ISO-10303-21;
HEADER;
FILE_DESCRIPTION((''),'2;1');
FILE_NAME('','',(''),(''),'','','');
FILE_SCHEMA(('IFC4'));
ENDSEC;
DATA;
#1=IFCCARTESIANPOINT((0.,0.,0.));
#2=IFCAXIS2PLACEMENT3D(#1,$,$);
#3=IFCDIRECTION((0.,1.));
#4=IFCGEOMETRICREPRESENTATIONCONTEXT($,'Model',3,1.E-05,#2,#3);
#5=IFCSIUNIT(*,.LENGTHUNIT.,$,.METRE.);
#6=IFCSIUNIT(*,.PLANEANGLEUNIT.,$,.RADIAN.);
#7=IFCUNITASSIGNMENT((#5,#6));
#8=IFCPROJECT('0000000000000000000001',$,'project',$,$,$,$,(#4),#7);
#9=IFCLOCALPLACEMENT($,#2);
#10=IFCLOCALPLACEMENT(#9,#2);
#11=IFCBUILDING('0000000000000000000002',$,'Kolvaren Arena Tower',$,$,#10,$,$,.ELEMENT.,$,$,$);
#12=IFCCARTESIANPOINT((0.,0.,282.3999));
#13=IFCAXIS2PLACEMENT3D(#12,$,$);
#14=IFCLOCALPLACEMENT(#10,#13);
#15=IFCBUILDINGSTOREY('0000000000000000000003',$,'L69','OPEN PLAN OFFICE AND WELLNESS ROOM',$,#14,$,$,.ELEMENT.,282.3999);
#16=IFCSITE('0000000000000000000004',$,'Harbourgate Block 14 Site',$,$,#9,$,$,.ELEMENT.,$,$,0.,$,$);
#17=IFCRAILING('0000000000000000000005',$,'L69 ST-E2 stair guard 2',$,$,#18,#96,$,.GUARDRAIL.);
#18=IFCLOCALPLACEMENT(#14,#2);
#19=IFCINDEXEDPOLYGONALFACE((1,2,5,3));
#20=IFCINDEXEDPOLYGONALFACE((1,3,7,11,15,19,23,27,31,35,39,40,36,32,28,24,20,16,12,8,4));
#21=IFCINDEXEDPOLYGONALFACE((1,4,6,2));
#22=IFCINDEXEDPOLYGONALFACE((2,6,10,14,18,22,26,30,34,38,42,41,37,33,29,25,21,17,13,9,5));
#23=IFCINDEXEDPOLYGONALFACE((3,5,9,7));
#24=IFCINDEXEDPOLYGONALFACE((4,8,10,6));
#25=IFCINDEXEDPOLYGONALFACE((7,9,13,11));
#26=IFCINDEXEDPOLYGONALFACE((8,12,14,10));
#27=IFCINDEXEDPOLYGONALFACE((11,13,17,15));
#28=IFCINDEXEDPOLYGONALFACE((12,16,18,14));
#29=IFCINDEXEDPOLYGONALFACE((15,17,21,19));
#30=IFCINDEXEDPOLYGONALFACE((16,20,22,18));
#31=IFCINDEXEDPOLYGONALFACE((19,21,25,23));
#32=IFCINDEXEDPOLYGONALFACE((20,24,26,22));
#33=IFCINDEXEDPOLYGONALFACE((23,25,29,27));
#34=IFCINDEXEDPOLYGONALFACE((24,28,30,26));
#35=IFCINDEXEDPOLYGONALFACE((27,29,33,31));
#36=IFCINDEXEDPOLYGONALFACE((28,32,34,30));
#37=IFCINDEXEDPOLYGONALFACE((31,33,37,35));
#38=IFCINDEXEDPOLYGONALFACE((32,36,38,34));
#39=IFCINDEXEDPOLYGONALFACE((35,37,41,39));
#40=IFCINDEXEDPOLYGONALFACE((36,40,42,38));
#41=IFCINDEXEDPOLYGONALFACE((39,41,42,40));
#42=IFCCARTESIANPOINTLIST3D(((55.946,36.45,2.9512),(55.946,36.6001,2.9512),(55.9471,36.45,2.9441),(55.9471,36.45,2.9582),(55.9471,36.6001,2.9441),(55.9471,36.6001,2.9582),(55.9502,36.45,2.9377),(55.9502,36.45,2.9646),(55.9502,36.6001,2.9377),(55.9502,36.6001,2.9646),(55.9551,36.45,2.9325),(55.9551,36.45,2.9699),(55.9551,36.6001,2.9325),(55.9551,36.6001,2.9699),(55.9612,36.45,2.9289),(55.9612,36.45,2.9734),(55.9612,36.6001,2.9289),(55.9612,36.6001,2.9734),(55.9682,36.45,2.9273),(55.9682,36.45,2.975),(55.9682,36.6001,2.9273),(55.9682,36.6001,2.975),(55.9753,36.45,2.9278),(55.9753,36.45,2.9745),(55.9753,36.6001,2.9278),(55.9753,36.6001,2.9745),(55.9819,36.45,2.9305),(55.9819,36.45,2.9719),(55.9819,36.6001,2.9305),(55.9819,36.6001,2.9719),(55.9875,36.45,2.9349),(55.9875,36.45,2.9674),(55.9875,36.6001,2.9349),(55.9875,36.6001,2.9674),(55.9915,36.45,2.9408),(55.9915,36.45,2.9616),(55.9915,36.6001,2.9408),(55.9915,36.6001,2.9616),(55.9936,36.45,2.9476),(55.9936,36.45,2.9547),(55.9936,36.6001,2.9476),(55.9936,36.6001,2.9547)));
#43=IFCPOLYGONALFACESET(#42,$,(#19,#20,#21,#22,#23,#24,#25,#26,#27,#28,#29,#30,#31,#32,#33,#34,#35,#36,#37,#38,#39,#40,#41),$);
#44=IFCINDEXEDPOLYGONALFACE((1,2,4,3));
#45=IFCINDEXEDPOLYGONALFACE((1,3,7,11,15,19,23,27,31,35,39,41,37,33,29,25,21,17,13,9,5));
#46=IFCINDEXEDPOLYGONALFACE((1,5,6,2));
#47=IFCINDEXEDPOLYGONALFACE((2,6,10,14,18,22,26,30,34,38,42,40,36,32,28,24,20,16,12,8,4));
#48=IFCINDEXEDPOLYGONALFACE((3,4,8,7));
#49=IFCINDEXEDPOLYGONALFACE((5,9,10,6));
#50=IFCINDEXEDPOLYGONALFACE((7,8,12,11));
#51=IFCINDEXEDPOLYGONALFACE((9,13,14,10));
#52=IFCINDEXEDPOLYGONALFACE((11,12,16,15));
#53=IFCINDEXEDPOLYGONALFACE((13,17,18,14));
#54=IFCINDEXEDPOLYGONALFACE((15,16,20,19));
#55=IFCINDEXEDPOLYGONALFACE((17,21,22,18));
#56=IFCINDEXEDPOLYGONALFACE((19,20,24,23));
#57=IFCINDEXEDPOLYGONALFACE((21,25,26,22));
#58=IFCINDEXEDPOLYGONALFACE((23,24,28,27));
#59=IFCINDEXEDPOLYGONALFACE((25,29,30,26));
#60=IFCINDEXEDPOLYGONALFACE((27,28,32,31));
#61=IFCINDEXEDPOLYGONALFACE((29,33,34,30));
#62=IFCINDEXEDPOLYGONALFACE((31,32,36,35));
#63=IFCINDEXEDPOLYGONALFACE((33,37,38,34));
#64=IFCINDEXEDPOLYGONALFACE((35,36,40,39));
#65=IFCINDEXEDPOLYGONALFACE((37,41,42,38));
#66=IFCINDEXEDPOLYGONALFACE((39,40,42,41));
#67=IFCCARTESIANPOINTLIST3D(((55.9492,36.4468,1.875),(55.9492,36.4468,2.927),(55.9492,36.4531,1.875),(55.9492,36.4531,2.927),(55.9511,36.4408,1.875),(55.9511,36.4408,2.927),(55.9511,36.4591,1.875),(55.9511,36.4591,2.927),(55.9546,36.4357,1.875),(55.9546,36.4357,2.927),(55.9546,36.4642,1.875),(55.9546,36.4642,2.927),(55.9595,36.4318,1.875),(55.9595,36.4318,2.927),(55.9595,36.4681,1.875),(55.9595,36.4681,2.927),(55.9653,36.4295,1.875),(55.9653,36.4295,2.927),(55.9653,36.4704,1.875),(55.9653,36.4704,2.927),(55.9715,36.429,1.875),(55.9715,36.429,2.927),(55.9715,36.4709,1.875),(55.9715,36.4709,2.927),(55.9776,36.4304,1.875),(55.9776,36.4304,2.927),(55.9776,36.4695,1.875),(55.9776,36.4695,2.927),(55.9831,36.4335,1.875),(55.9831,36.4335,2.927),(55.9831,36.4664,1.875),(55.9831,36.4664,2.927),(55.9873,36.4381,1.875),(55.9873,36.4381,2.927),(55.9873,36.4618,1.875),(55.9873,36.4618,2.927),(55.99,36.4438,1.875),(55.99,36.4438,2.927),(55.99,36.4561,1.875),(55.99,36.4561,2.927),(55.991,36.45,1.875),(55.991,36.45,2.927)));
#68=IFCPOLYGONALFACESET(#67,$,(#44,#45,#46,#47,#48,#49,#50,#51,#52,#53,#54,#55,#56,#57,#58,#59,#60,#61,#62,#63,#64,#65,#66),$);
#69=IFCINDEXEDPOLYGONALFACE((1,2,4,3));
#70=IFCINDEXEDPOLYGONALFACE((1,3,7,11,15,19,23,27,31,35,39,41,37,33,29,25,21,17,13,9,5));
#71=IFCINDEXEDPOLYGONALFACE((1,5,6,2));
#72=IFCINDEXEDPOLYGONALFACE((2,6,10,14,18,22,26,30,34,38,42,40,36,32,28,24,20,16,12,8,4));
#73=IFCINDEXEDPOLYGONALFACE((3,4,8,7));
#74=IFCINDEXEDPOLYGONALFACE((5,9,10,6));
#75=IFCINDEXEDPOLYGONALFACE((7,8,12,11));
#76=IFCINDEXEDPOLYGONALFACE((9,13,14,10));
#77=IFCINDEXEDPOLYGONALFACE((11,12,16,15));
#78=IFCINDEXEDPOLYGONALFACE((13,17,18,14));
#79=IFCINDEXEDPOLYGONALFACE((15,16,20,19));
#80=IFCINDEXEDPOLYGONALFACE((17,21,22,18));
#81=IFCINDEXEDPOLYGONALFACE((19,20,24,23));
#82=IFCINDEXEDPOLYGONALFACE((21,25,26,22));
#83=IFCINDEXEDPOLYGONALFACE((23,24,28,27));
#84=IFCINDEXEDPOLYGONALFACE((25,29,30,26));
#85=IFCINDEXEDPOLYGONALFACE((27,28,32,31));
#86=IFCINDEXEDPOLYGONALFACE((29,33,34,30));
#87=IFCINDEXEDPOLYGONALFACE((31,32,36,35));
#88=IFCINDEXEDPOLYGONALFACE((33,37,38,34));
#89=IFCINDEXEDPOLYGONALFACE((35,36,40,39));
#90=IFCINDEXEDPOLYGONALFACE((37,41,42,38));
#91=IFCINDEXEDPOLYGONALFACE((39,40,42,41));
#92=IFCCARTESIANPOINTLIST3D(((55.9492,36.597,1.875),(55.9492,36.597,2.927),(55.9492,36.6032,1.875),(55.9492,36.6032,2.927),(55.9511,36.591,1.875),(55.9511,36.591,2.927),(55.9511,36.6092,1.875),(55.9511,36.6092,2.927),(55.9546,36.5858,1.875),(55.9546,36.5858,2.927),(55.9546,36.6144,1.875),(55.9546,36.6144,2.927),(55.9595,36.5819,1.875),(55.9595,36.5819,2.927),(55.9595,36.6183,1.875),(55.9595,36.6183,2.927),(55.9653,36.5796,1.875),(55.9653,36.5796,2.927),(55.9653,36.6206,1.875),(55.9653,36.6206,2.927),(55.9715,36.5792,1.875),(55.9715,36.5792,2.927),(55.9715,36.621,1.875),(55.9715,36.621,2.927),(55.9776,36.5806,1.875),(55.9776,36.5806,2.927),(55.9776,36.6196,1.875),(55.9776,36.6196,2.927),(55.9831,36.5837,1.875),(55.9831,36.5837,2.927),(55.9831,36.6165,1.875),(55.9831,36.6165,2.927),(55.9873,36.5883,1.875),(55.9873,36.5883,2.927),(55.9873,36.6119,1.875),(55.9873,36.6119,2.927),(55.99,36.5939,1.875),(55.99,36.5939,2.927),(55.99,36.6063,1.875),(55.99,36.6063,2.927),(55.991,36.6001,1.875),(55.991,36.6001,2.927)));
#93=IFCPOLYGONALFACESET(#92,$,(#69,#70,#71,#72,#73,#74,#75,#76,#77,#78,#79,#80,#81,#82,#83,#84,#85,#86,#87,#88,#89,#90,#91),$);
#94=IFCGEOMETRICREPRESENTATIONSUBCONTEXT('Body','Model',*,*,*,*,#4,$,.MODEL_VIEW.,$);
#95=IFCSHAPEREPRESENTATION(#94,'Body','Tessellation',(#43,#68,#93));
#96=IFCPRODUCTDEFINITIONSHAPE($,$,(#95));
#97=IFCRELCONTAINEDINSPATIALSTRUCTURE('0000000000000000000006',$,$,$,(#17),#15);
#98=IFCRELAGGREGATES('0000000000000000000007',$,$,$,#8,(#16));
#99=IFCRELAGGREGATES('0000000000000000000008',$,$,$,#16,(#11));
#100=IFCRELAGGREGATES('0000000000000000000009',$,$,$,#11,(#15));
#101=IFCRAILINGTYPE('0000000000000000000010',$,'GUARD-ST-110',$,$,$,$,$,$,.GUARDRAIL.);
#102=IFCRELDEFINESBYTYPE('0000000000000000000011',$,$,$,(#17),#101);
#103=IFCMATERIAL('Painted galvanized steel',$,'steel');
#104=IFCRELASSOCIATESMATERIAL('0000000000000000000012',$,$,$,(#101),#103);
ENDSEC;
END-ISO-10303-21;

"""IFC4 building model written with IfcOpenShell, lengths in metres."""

from ifc_helpers import new_model, si_unit, direction, frame, origin, origin_2d, place, context, subcontext, project, spatial, circle, extrude, material, type_object, element, save


model = new_model("IFC4")

# Units and contexts
model_context = context("Model", 3, precision=1e-05, world=origin(), true_north=direction((0.0, 1.0)))
body_context = subcontext(model_context, "Body", "Model", "MODEL_VIEW")
ifc_project = project(units=[si_unit("LENGTHUNIT", "METRE"), si_unit("PLANEANGLEUNIT", "RADIAN")], contexts=[model_context])

# Site, building, storey
site_placement = place(None, origin())
site = spatial("IfcSite", under=ifc_project, at=site_placement, Name="Harbourgate Block 14 Site", CompositionType="ELEMENT", RefElevation=0.0)
building_placement = place(site_placement, origin())
building = spatial("IfcBuilding", under=site, at=building_placement, Name="Kolvaren Arena Tower", CompositionType="ELEMENT")
storey_placement = place(building_placement, frame((0.0, 0.0, 282.3999)))
storey = spatial("IfcBuildingStorey", under=building, at=storey_placement, Name="L69", Description="OPEN PLAN OFFICE AND WELLNESS ROOM", CompositionType="ELEMENT", Elevation=282.3999)

# Railing
ifc_material_1 = material(Name="Painted galvanized steel", Category="steel")
railing_type_1 = type_object("IfcRailingType", Name="GUARD-ST-110", PredefinedType="GUARDRAIL", material=ifc_material_1)
railing_1_placement = place(storey_placement, frame((55.97, 36.45, 1.875)))
element("IfcRailing", 1, at=railing_1_placement, inside=storey, type_object=railing_type_1, Name="L69 ST-E2 stair guard 2", PredefinedType="GUARDRAIL", context=body_context, shape_type="SweptSolid", body=[
    extrude(circle(Radius=0.0239, at=origin_2d()), frame((0.0, 0.0, 1.0762), z_axis=(0.0, 1.0, 0.0), x_axis=(-1.0, 0.0, 0.0)), (0.0, 0.0, 1.0), 0.1501),
    extrude(circle(Radius=0.021, at=origin_2d()), origin(), (0.0, 0.0, 1.0), 1.052),
    extrude(circle(Radius=0.021, at=origin_2d()), frame((0.0, 0.1501, 0.0)), (0.0, 0.0, 1.0), 1.052),
])

save(model, "model.ifc")
